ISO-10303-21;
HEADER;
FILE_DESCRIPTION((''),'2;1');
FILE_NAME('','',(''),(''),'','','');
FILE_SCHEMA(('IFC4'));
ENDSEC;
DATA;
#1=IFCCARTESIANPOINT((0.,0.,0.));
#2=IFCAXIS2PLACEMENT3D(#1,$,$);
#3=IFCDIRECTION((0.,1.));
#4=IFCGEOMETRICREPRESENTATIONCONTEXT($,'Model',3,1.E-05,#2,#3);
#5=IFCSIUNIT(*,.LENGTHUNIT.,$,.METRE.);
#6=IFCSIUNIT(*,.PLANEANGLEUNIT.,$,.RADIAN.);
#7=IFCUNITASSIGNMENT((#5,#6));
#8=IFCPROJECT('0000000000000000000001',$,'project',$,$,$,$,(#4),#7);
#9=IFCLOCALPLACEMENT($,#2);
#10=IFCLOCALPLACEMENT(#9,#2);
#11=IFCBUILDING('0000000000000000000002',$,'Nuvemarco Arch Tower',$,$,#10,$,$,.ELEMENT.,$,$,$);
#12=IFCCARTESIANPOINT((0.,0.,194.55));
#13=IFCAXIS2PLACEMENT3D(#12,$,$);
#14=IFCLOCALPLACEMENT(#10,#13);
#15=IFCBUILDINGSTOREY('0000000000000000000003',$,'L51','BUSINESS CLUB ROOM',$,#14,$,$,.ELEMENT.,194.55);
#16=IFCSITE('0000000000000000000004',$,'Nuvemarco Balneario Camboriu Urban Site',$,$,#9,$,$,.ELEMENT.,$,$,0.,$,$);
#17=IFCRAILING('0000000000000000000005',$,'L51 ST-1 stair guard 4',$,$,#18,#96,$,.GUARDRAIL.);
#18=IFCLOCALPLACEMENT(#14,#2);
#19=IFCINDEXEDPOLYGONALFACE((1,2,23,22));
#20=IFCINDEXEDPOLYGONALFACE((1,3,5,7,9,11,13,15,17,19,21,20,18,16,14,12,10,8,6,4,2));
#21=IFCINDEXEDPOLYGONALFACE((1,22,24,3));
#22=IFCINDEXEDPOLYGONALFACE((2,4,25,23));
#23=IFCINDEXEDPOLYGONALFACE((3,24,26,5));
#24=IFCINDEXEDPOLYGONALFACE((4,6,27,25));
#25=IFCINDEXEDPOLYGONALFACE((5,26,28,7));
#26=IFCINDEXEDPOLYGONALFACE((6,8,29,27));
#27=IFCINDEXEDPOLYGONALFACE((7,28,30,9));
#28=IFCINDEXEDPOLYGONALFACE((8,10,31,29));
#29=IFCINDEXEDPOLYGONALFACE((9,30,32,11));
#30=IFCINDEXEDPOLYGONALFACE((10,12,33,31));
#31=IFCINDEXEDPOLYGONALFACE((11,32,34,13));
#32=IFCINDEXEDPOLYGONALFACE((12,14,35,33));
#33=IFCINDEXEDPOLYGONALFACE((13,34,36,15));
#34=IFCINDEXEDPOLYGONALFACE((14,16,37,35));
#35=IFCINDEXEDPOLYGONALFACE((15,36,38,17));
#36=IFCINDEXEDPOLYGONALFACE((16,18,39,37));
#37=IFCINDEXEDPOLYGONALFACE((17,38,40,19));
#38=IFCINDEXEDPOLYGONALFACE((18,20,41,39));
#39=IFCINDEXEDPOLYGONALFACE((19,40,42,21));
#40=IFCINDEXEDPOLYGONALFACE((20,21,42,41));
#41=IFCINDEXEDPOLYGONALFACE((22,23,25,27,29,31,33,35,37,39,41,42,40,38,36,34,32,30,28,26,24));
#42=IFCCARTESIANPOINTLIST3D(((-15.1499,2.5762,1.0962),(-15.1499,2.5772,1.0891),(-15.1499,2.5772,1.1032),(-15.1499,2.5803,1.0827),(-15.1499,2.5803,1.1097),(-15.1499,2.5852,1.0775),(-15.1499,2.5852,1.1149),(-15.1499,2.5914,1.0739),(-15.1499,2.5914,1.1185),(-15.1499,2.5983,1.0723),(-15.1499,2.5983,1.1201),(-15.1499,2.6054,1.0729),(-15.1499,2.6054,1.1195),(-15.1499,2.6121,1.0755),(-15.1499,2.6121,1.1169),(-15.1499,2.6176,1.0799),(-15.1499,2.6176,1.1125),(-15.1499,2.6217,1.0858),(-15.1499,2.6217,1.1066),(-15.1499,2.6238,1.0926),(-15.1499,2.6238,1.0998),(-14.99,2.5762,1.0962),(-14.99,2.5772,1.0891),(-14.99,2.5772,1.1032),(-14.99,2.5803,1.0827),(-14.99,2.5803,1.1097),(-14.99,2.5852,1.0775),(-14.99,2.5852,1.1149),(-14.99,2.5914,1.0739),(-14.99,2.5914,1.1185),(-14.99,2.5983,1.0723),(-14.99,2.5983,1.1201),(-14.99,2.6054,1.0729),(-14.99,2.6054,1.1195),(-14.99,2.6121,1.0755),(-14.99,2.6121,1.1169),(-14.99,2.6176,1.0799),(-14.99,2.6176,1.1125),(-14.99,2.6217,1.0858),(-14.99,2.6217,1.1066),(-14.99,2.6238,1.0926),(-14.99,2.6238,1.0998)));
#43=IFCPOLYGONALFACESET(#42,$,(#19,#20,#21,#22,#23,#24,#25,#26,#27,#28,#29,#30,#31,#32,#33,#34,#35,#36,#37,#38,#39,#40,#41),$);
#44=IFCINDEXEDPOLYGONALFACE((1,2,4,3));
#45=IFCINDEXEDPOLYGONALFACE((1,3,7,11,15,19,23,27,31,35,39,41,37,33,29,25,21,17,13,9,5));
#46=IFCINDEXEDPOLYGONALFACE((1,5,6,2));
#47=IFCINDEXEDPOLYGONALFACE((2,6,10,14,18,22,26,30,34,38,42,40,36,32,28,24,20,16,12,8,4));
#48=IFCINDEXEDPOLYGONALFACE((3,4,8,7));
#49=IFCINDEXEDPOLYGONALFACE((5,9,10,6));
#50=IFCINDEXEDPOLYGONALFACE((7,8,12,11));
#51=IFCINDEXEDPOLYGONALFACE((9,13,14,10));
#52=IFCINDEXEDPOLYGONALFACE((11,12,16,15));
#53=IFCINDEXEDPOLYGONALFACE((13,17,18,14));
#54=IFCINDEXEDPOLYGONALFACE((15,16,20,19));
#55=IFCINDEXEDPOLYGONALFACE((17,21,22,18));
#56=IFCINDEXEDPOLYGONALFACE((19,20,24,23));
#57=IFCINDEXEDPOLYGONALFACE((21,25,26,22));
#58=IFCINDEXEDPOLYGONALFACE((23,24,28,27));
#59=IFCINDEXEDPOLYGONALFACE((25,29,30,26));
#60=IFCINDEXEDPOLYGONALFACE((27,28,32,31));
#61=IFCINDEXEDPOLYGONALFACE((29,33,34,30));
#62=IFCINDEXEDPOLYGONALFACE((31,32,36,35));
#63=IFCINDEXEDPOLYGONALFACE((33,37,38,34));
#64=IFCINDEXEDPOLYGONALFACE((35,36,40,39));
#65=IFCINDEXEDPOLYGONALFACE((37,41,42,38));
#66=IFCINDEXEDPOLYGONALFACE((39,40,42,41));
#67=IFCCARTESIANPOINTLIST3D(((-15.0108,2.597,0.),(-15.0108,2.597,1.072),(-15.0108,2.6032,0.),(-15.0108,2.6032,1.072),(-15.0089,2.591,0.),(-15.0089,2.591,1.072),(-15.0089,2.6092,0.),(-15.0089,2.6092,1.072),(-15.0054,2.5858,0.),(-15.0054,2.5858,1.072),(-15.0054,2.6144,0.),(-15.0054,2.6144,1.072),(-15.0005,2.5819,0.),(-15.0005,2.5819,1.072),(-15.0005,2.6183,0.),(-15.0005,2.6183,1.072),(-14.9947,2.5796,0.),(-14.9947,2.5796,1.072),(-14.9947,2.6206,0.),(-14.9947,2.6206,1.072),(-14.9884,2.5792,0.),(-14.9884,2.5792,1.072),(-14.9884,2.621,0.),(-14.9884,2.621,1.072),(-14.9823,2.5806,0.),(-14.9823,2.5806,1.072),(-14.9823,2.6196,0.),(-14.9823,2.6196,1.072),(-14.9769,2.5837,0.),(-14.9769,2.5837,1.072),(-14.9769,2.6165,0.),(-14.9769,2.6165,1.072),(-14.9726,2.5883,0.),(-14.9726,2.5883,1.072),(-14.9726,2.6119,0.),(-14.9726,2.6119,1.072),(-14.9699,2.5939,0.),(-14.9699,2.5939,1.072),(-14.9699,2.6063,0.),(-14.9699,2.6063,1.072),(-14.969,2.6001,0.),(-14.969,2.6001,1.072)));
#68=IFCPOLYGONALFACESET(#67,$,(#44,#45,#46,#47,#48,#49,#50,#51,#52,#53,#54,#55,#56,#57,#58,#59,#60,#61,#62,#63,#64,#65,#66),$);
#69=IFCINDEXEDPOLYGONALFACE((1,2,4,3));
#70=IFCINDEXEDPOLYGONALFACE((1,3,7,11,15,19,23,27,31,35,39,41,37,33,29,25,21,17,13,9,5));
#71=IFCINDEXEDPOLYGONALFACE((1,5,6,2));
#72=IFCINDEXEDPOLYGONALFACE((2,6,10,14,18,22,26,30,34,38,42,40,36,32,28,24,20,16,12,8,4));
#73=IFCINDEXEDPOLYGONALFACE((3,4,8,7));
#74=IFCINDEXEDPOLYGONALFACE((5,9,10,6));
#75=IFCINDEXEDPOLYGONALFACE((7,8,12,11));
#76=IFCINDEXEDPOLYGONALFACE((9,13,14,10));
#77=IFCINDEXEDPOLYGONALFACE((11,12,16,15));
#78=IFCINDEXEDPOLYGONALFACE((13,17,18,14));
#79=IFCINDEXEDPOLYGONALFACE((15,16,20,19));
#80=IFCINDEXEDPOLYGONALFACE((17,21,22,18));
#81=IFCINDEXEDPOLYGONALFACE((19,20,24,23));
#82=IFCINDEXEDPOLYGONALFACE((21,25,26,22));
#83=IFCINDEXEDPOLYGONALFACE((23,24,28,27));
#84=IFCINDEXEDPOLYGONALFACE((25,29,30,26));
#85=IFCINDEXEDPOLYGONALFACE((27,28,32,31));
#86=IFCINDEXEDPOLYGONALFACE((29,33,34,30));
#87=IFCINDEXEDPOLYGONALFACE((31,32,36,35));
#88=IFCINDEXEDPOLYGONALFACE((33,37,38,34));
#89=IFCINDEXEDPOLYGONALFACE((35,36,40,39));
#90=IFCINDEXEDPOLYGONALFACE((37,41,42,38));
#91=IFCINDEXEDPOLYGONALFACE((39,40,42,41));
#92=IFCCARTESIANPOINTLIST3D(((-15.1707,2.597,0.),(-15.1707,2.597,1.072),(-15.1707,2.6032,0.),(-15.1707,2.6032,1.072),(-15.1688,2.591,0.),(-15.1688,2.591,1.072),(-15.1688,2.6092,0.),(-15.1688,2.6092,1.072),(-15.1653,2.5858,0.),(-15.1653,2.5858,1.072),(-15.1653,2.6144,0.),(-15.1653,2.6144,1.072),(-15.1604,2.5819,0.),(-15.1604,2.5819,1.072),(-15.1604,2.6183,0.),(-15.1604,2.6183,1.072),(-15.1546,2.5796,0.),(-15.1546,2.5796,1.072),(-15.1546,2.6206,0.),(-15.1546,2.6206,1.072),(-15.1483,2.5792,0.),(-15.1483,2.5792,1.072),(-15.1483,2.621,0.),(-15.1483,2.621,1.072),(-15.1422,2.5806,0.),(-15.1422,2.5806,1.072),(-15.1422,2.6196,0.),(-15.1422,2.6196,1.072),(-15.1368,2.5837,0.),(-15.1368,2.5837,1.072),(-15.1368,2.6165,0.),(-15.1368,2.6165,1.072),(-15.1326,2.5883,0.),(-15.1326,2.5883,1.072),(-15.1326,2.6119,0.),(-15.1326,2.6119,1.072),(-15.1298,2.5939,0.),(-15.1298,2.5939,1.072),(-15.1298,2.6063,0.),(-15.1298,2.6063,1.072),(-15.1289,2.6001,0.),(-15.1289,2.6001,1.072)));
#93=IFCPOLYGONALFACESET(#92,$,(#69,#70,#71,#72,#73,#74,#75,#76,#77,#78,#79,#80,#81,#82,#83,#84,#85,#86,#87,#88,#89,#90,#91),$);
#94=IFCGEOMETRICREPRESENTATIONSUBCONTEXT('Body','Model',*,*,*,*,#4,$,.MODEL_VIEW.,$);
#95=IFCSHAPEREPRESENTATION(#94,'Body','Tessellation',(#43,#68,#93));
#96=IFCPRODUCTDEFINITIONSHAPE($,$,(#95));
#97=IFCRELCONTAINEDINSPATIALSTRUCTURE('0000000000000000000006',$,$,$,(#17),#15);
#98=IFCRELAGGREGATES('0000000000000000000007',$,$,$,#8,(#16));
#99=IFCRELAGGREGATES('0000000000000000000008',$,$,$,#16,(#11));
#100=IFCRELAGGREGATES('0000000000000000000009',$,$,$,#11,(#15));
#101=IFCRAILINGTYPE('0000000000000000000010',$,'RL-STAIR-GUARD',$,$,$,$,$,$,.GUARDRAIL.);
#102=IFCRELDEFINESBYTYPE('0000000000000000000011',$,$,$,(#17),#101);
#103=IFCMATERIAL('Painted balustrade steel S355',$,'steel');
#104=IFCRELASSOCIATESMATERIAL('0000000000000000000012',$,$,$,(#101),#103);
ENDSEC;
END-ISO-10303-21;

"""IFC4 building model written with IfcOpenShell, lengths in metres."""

from ifc_helpers import new_model, si_unit, direction, frame, origin, origin_2d, place, context, subcontext, project, spatial, circle, extrude, material, type_object, element, save


model = new_model("IFC4")

# Units and contexts
model_context = context("Model", 3, precision=1e-05, world=origin(), true_north=direction((0.0, 1.0)))
body_context = subcontext(model_context, "Body", "Model", "MODEL_VIEW")
ifc_project = project(units=[si_unit("LENGTHUNIT", "METRE"), si_unit("PLANEANGLEUNIT", "RADIAN")], contexts=[model_context])

# Site, building, storey
site_placement = place(None, origin())
site = spatial("IfcSite", under=ifc_project, at=site_placement, Name="Nuvemarco Balneario Camboriu Urban Site", CompositionType="ELEMENT", RefElevation=0.0)
building_placement = place(site_placement, origin())
building = spatial("IfcBuilding", under=site, at=building_placement, Name="Nuvemarco Arch Tower", CompositionType="ELEMENT")
storey_placement = place(building_placement, frame((0.0, 0.0, 194.55)))
storey = spatial("IfcBuildingStorey", under=building, at=storey_placement, Name="L51", Description="BUSINESS CLUB ROOM", CompositionType="ELEMENT", Elevation=194.55)

# Railing
ifc_material_1 = material(Name="Painted balustrade steel S355", Category="steel")
railing_type_1 = type_object("IfcRailingType", Name="RL-STAIR-GUARD", PredefinedType="GUARDRAIL", material=ifc_material_1)
railing_1_placement = place(storey_placement, frame((-14.99, 2.6001, 0.0)))
element("IfcRailing", 1, at=railing_1_placement, inside=storey, type_object=railing_type_1, Name="L51 ST-1 stair guard 4", PredefinedType="GUARDRAIL", context=body_context, shape_type="SweptSolid", body=[
    extrude(circle(Radius=0.0239, at=origin_2d()), frame((0.0, 0.0, 1.0962), z_axis=(-1.0, 0.0, 0.0), x_axis=(0.0, -1.0, 0.0)), (0.0, 0.0, 1.0), 0.1599),
    extrude(circle(Radius=0.021, at=origin_2d()), origin(), (0.0, 0.0, 1.0), 1.072),
    extrude(circle(Radius=0.021, at=origin_2d()), frame((-0.1599, 0.0, 0.0)), (0.0, 0.0, 1.0), 1.072),
])

save(model, "model.ifc")
